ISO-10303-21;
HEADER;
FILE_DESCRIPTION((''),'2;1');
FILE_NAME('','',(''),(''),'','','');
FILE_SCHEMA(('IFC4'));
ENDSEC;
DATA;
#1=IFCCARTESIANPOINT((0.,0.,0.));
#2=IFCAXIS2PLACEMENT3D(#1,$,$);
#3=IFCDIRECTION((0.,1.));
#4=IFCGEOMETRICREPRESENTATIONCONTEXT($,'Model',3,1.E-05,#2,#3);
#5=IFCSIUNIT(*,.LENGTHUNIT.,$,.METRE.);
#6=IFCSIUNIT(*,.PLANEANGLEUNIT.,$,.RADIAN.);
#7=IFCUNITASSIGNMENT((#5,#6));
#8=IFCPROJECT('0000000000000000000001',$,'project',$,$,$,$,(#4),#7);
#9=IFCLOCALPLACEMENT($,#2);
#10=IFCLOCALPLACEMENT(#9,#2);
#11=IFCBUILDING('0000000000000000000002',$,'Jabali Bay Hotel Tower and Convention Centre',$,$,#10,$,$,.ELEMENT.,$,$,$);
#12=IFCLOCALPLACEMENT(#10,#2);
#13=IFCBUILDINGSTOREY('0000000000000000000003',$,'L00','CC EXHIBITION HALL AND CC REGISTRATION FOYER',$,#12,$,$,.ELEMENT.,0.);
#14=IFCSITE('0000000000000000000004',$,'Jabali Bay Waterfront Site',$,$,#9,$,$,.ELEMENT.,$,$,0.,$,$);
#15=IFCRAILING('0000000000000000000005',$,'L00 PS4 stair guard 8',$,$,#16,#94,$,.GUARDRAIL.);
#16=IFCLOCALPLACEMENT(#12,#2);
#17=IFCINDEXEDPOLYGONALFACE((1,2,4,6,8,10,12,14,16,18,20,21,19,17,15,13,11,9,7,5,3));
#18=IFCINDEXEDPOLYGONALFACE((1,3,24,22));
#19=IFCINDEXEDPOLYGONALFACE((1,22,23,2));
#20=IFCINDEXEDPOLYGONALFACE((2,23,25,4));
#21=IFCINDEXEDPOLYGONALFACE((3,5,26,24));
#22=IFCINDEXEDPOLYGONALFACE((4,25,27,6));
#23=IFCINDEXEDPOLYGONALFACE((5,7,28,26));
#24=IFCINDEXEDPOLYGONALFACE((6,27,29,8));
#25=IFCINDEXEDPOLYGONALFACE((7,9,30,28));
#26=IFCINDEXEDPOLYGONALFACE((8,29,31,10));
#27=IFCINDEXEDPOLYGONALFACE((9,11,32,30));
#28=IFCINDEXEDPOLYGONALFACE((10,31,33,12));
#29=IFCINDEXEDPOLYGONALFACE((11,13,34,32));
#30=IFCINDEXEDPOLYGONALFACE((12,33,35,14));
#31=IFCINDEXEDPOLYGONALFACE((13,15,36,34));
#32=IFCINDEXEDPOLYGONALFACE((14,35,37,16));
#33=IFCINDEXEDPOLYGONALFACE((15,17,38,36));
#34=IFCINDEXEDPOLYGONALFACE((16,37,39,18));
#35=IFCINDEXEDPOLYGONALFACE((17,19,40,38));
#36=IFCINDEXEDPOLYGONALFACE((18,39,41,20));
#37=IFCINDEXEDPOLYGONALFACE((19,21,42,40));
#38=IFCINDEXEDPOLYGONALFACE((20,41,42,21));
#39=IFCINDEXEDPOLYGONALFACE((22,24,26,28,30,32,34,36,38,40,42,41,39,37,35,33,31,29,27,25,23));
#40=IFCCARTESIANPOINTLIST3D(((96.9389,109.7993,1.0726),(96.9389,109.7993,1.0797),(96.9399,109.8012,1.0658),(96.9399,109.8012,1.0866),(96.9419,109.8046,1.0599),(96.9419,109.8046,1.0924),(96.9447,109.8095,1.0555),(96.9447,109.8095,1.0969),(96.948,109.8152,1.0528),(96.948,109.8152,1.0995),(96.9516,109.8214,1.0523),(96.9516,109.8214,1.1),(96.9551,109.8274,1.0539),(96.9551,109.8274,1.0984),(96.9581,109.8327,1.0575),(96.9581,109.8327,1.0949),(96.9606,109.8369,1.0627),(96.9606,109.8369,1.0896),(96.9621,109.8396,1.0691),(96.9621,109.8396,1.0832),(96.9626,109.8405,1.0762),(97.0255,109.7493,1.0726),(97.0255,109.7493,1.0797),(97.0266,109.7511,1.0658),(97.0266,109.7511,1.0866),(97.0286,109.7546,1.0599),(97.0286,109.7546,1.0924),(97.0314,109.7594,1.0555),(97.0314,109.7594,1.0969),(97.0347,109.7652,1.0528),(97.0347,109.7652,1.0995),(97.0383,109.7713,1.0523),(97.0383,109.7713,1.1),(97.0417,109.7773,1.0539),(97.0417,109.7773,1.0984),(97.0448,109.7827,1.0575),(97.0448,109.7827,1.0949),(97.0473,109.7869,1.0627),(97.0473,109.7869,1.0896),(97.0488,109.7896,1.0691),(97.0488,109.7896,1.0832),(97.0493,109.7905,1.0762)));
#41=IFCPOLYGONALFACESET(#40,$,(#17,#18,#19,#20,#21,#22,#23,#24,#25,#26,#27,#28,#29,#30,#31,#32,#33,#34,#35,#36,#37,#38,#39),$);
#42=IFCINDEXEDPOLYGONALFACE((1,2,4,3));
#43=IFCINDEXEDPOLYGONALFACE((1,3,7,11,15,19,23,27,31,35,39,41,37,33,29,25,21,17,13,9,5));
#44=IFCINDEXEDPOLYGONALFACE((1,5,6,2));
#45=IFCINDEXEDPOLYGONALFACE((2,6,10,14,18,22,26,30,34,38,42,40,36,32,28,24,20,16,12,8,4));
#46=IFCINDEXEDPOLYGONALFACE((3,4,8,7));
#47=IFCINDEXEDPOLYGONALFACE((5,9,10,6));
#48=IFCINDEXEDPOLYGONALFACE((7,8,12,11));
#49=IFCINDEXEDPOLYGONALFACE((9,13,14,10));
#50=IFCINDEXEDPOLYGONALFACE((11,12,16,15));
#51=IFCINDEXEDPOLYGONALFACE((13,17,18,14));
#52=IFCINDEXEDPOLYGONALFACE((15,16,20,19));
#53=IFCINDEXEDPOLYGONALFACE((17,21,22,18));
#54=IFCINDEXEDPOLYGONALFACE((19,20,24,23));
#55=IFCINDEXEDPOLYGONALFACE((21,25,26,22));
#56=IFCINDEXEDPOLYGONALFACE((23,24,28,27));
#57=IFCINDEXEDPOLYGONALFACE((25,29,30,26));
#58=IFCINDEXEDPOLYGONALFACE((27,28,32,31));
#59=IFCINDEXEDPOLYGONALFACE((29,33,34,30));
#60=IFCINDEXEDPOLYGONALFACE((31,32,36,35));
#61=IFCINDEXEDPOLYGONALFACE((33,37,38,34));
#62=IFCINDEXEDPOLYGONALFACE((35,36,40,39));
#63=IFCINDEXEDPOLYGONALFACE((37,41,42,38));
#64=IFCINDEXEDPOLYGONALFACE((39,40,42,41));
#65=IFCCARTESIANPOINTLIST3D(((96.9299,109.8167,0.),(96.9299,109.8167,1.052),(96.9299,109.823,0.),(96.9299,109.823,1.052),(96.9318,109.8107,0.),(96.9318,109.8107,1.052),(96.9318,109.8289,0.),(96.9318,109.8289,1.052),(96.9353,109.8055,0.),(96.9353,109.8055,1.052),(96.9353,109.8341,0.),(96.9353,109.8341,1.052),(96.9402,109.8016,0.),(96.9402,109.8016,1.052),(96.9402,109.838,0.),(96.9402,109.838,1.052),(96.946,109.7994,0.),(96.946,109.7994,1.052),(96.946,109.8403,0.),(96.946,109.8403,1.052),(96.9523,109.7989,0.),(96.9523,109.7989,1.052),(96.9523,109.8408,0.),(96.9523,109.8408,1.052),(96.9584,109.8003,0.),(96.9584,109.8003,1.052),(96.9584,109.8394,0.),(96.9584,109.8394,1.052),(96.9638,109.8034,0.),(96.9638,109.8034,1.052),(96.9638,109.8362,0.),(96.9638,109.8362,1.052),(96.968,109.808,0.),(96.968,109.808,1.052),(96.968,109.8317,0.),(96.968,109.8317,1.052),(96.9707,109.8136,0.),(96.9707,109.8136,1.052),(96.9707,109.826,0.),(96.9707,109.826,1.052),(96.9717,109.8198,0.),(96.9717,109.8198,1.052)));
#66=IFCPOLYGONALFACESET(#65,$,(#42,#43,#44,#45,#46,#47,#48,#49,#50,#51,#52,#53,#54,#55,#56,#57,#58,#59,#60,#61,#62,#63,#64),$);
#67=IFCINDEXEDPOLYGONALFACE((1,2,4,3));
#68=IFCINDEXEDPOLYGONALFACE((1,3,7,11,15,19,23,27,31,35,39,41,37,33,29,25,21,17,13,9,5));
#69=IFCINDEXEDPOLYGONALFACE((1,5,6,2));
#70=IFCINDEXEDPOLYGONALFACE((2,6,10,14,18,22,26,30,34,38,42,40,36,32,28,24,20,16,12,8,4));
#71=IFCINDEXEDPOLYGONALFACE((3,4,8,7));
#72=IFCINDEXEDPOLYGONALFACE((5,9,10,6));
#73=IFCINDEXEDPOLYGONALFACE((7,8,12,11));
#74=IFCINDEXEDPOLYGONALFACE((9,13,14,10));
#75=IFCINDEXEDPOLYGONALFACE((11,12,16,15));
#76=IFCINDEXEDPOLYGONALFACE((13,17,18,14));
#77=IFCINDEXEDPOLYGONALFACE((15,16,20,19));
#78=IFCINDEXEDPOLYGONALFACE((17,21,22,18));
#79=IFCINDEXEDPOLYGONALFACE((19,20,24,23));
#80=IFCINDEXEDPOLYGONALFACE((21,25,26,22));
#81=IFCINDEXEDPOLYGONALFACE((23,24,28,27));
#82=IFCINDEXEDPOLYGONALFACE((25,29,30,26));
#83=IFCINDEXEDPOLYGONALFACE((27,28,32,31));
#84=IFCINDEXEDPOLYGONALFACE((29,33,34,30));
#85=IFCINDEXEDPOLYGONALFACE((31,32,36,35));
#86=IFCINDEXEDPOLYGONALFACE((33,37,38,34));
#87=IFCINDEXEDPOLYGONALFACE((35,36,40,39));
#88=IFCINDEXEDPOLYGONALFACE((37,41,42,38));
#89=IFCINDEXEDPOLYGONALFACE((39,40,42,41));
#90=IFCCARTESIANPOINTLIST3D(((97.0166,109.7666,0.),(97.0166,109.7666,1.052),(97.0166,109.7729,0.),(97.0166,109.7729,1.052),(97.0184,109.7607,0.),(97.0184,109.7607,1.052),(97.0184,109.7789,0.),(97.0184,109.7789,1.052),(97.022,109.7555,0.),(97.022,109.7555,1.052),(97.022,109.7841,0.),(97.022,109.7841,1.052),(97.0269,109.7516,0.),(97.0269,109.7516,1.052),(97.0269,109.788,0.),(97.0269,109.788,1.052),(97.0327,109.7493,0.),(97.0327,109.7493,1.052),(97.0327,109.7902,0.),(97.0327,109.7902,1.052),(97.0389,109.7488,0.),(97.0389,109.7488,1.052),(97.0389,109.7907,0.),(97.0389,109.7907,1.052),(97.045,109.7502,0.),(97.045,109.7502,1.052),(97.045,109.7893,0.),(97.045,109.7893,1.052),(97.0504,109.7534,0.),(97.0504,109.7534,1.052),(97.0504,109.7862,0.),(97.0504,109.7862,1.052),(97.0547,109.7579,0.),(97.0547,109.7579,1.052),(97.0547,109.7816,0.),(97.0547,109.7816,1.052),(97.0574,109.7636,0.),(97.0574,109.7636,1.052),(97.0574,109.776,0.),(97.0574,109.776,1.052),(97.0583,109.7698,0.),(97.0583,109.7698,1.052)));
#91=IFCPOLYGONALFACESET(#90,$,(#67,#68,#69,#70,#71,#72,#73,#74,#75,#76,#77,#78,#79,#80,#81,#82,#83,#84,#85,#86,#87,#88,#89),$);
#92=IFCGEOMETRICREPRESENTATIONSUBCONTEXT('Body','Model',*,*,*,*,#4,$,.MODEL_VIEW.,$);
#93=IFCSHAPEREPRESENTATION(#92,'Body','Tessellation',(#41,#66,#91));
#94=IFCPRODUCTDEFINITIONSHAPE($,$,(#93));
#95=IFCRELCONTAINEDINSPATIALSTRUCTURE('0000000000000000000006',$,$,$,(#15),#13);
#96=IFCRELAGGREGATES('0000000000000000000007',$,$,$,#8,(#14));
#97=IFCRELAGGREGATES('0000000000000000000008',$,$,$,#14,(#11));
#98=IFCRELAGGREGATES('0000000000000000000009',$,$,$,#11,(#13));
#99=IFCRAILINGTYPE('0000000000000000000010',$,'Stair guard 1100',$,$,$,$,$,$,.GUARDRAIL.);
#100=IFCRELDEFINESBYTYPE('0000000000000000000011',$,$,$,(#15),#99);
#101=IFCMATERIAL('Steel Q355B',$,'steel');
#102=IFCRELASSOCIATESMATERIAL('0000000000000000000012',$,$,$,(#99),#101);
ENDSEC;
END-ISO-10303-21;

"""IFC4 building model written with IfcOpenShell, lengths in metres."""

from ifc_helpers import new_model, si_unit, direction, frame, origin, origin_2d, place, context, subcontext, project, spatial, circle, extrude, material, type_object, element, save


model = new_model("IFC4")

# Units and contexts
model_context = context("Model", 3, precision=1e-05, world=origin(), true_north=direction((0.0, 1.0)))
body_context = subcontext(model_context, "Body", "Model", "MODEL_VIEW")
ifc_project = project(units=[si_unit("LENGTHUNIT", "METRE"), si_unit("PLANEANGLEUNIT", "RADIAN")], contexts=[model_context])

# Site, building, storey
site_placement = place(None, origin())
site = spatial("IfcSite", under=ifc_project, at=site_placement, Name="Jabali Bay Waterfront Site", CompositionType="ELEMENT", RefElevation=0.0)
building_placement = place(site_placement, origin())
building = spatial("IfcBuilding", under=site, at=building_placement, Name="Jabali Bay Hotel Tower and Convention Centre", CompositionType="ELEMENT")
storey_placement = place(building_placement, origin())
storey = spatial("IfcBuildingStorey", under=building, at=storey_placement, Name="L00", Description="CC EXHIBITION HALL AND CC REGISTRATION FOYER", CompositionType="ELEMENT", Elevation=0.0)

# Railing
ifc_material_1 = material(Name="Steel Q355B", Category="steel")
railing_type_1 = type_object("IfcRailingType", Name="Stair guard 1100", PredefinedType="GUARDRAIL", material=ifc_material_1)
railing_1_placement = place(storey_placement, frame((96.9507, 109.8198, 0.0)))
element("IfcRailing", 1, at=railing_1_placement, inside=storey, type_object=railing_type_1, Name="L00 PS4 stair guard 8", PredefinedType="GUARDRAIL", context=body_context, shape_type="SweptSolid", body=[
    extrude(circle(Radius=0.0239, at=origin_2d()), frame((0.0, 0.0, 1.0762), z_axis=(0.865982, -0.500074, 0.0), x_axis=(0.500074, 0.865982, 0.0)), (0.0, 0.0, 1.0), 0.1001),
    extrude(circle(Radius=0.021, at=origin_2d()), origin(), (0.0, 0.0, 1.0), 1.052),
    extrude(circle(Radius=0.021, at=origin_2d()), frame((0.0867, -0.05, 0.0)), (0.0, 0.0, 1.0), 1.052),
])

save(model, "model.ifc")
